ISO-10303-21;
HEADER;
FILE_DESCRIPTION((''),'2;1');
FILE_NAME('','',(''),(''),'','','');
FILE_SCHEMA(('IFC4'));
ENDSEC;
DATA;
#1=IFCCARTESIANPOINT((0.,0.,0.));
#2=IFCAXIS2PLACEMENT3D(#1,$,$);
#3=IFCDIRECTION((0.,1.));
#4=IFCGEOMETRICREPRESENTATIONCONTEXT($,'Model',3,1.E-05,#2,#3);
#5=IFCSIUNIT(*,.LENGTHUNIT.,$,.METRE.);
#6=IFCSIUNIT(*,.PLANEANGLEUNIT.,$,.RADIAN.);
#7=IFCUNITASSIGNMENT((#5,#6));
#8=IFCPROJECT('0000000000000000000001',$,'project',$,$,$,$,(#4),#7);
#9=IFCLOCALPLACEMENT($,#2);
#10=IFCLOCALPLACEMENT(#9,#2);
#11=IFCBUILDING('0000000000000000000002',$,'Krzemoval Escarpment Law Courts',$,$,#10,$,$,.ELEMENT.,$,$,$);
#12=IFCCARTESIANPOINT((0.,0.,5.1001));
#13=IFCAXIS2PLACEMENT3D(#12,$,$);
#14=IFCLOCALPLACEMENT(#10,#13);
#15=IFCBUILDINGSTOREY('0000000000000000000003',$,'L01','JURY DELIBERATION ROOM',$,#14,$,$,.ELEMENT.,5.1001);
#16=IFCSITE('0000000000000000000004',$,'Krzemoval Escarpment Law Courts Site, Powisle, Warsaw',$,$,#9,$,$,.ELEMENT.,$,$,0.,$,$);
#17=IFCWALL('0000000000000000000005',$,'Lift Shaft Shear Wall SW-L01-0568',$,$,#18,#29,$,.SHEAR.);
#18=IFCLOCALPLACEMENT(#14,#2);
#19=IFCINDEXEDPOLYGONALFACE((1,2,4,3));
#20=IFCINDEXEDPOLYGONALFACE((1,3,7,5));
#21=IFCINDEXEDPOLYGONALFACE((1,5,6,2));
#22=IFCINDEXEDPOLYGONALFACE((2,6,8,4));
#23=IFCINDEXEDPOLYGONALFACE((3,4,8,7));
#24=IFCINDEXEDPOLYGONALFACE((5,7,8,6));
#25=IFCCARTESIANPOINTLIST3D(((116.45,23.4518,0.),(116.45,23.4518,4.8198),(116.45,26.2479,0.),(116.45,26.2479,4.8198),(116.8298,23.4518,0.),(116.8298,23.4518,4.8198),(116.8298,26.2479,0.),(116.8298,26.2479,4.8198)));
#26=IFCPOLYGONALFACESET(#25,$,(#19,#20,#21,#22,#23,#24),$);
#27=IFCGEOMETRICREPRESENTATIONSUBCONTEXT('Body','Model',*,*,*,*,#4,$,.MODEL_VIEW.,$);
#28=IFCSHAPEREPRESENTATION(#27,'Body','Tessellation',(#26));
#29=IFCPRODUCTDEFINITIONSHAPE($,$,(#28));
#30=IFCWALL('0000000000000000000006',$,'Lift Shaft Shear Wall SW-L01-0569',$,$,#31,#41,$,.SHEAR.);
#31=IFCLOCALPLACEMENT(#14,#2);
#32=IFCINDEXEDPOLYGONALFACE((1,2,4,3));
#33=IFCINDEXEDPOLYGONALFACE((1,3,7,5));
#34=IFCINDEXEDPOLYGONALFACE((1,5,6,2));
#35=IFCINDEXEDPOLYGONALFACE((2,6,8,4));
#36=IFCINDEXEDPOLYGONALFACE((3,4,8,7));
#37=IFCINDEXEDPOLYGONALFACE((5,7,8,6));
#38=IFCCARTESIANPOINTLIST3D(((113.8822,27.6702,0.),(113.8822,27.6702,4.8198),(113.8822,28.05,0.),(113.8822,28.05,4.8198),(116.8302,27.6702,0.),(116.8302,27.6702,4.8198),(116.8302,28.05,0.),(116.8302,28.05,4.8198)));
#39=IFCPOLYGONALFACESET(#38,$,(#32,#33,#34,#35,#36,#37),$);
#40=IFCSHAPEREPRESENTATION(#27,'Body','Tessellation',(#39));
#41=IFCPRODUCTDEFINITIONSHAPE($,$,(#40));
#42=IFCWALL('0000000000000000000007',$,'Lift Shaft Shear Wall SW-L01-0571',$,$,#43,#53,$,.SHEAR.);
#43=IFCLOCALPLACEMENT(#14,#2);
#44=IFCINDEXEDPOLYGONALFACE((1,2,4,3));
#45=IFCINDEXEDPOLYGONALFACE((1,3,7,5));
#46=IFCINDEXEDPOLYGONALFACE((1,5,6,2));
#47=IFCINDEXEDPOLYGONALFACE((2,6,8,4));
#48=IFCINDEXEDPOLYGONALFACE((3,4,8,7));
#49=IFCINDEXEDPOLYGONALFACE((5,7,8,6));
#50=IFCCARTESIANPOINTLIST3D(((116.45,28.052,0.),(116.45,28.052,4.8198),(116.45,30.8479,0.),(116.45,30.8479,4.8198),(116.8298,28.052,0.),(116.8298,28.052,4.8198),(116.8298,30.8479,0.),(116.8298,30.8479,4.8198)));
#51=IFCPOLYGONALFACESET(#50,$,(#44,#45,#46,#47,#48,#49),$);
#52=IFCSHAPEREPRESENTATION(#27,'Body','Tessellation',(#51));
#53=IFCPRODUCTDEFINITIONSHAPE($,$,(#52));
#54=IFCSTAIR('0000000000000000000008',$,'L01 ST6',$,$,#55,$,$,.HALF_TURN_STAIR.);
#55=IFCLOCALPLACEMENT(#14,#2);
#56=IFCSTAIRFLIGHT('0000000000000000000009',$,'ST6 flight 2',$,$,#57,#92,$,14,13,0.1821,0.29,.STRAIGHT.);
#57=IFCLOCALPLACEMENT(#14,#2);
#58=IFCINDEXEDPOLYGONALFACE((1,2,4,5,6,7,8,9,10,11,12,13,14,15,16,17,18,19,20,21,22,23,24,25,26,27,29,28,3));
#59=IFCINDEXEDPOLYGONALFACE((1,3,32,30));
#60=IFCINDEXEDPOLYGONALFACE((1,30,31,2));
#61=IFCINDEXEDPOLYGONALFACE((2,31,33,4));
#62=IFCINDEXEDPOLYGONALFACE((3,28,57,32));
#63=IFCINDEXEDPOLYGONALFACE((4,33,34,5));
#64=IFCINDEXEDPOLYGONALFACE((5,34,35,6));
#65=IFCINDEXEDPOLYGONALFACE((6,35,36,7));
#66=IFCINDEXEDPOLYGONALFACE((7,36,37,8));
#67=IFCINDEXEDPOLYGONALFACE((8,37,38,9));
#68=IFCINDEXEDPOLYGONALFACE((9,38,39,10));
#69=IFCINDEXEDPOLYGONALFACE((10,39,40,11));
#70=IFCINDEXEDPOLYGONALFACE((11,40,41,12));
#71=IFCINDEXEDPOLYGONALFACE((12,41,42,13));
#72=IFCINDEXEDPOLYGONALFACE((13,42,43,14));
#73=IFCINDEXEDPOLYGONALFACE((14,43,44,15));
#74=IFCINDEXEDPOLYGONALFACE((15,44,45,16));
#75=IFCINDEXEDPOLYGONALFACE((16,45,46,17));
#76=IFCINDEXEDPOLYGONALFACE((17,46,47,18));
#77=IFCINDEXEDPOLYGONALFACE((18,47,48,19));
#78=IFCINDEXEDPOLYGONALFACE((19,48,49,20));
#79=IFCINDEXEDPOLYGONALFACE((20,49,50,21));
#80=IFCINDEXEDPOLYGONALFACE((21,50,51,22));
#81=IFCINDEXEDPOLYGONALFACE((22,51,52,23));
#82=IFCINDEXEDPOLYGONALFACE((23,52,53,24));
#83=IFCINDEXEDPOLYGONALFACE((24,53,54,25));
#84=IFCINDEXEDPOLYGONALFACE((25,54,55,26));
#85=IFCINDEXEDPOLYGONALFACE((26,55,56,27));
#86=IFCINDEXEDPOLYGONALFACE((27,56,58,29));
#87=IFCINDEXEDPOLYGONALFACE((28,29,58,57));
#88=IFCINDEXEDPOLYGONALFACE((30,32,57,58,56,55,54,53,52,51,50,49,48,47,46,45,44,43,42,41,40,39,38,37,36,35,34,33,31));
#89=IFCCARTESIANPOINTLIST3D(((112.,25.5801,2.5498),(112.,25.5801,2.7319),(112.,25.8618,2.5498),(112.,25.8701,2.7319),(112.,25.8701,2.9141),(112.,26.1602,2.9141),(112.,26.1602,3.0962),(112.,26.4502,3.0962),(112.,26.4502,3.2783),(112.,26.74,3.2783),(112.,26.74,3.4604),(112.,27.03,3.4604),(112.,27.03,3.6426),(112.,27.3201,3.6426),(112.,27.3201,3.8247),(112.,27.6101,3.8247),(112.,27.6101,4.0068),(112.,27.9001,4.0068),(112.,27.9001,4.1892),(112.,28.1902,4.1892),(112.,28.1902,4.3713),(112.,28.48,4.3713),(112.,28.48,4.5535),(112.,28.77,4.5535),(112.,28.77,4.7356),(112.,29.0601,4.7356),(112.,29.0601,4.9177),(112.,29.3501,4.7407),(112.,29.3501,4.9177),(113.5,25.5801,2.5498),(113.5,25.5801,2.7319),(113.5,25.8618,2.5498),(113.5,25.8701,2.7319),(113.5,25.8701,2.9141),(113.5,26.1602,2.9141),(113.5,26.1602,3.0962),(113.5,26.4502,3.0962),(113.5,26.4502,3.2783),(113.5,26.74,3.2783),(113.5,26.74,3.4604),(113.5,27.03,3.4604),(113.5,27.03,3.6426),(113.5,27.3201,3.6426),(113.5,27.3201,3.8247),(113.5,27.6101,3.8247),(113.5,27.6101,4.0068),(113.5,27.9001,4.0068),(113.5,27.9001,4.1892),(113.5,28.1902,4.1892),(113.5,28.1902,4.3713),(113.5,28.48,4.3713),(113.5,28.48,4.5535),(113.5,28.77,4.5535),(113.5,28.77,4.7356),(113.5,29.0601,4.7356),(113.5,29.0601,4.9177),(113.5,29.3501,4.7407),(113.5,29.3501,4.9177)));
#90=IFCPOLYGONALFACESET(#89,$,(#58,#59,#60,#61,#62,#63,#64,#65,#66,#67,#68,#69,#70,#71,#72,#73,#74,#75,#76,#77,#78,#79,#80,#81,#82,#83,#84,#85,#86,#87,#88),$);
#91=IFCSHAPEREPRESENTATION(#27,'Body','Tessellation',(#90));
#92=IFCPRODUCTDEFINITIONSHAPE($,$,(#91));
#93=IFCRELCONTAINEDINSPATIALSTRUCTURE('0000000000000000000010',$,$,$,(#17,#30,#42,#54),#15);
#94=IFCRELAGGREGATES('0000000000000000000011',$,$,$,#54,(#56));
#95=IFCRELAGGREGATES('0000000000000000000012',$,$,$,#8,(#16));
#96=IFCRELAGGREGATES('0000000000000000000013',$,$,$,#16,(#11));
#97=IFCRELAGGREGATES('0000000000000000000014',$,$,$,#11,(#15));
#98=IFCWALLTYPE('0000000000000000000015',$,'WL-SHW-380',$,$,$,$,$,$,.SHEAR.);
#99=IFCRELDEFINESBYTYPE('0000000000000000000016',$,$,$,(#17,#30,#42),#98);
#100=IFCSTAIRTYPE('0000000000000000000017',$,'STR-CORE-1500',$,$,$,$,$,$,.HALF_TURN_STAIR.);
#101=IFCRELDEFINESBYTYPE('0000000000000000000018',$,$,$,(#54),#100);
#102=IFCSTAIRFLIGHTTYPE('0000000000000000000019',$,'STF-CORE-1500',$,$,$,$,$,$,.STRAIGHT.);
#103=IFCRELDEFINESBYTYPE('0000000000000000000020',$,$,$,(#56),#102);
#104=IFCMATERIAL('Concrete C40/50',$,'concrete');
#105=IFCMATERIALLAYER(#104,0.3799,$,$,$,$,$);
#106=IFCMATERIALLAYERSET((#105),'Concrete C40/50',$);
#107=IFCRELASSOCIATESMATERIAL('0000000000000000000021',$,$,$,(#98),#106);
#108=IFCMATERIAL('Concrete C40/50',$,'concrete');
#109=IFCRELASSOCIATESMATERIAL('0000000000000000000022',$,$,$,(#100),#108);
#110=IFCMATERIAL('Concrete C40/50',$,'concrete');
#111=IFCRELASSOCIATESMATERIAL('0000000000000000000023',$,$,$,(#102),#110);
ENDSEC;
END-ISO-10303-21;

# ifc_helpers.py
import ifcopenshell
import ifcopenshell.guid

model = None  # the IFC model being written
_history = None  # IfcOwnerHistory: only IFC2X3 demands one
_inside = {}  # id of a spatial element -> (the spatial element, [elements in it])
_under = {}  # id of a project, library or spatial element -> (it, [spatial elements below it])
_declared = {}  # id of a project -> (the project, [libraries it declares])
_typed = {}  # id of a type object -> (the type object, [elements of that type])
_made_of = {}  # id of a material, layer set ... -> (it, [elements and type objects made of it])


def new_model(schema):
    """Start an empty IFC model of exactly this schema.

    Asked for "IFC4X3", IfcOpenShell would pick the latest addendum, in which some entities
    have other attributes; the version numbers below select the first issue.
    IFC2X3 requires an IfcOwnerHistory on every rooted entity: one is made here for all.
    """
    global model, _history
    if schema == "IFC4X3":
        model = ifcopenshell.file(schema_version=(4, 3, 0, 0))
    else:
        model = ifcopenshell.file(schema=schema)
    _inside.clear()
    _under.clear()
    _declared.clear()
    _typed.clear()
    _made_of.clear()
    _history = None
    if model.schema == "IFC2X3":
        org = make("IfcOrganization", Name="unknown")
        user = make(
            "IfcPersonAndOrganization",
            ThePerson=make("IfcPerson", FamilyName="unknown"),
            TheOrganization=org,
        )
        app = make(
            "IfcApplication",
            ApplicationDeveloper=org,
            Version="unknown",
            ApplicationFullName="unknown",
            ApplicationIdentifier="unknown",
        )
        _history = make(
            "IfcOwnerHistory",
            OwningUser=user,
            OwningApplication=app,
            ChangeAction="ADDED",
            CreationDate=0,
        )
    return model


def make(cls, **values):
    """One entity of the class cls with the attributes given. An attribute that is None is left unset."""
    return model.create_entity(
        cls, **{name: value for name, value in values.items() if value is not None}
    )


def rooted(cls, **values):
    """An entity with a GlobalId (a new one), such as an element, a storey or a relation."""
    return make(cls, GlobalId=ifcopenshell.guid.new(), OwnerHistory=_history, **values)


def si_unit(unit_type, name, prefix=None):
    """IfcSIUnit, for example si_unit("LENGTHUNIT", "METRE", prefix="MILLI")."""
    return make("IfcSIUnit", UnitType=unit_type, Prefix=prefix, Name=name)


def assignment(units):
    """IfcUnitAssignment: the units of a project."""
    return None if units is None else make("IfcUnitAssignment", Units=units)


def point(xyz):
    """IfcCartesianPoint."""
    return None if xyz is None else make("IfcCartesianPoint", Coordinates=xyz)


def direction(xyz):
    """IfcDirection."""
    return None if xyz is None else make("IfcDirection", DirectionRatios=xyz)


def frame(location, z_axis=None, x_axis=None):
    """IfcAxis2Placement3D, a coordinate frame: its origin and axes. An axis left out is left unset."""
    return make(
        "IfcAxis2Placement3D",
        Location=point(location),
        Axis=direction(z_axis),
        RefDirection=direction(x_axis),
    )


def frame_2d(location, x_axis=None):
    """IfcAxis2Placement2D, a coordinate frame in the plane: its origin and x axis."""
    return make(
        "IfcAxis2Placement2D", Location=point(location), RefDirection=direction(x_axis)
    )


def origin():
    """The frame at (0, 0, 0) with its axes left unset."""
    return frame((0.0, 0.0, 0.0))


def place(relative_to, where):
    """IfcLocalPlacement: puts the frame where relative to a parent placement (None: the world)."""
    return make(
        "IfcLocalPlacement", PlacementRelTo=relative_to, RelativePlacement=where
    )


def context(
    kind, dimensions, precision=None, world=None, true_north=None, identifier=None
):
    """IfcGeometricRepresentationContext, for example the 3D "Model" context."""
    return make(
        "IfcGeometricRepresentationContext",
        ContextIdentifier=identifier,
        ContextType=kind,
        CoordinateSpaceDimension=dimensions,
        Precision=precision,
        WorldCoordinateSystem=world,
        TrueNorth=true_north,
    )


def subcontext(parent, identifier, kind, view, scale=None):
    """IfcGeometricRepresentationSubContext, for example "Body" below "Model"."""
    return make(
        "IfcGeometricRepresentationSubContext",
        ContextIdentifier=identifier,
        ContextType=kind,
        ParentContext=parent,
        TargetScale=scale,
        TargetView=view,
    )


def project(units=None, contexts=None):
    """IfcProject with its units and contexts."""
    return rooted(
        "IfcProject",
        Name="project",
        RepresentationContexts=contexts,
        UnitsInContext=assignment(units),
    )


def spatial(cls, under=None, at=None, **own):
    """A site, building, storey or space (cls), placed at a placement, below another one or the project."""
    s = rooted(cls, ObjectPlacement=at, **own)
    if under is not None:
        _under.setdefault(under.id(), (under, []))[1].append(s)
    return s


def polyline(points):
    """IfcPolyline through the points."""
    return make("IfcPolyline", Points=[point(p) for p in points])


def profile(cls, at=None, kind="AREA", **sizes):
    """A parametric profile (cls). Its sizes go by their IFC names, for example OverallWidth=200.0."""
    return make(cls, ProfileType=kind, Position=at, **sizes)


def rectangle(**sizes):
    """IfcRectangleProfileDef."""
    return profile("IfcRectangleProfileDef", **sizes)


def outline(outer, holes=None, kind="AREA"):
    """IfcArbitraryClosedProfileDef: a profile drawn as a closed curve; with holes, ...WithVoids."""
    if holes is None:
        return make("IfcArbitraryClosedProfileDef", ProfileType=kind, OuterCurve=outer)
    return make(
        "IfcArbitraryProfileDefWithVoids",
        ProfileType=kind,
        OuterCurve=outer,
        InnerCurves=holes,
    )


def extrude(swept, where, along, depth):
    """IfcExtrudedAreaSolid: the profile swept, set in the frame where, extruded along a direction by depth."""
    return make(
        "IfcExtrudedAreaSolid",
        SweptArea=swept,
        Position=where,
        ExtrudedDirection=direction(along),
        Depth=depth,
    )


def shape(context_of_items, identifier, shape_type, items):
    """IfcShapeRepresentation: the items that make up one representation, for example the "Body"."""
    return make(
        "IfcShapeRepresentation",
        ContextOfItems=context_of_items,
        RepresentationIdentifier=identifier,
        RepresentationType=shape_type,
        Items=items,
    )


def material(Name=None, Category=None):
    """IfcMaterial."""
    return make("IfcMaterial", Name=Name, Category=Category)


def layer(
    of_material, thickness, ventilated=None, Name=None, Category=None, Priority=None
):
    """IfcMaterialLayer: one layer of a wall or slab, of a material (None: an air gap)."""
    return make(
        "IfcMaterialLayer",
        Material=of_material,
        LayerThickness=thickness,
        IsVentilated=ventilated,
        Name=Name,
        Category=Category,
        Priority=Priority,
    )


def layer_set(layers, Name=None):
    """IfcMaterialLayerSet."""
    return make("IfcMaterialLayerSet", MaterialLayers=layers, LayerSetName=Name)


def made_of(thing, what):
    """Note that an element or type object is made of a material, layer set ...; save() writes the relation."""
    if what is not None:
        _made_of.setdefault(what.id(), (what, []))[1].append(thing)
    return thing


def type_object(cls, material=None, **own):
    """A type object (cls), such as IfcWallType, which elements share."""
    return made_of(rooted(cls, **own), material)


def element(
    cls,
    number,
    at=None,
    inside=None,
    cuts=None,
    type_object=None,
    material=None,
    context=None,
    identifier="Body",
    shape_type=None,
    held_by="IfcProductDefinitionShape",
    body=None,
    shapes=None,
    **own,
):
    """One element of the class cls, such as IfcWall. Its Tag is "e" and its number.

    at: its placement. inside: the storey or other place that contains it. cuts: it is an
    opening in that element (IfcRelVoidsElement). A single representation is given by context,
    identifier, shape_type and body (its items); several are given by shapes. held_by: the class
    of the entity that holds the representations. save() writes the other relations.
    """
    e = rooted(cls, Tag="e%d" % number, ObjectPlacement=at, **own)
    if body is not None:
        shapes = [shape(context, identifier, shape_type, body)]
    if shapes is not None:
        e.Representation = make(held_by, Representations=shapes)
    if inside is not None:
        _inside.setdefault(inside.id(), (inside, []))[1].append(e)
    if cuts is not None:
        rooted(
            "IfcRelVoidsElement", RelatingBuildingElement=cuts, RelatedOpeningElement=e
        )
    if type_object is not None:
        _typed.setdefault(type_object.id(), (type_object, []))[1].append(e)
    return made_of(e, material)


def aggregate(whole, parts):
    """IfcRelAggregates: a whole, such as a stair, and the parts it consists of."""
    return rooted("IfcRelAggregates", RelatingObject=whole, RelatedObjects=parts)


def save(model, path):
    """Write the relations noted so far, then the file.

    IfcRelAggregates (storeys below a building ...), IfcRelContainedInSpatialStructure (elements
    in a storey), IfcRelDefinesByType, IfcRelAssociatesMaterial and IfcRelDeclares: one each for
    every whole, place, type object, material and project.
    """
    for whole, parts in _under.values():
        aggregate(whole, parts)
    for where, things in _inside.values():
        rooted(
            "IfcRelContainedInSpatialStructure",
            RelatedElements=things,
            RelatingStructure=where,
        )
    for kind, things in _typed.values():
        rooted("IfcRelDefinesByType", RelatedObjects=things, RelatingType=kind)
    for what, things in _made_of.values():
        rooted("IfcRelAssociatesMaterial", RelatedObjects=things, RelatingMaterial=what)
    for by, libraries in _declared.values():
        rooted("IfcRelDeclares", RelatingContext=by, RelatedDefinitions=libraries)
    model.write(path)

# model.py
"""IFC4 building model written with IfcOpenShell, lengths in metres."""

from ifc_helpers import new_model, si_unit, direction, frame, frame_2d, origin, place, context, subcontext, project, spatial, polyline, rectangle, outline, extrude, material, layer, layer_set, type_object, element, aggregate, save


model = new_model("IFC4")

# Units and contexts
model_context = context("Model", 3, precision=1e-05, world=origin(), true_north=direction((0.0, 1.0)))
body_context = subcontext(model_context, "Body", "Model", "MODEL_VIEW")
ifc_project = project(units=[si_unit("LENGTHUNIT", "METRE"), si_unit("PLANEANGLEUNIT", "RADIAN")], contexts=[model_context])

# Site, building, storey
site_placement = place(None, origin())
site = spatial("IfcSite", under=ifc_project, at=site_placement, Name="Krzemoval Escarpment Law Courts Site, Powisle, Warsaw", CompositionType="ELEMENT", RefElevation=0.0)
building_placement = place(site_placement, origin())
building = spatial("IfcBuilding", under=site, at=building_placement, Name="Krzemoval Escarpment Law Courts", CompositionType="ELEMENT")
storey_placement = place(building_placement, frame((0.0, 0.0, 5.1001)))
storey = spatial("IfcBuildingStorey", under=building, at=storey_placement, Name="L01", Description="JURY DELIBERATION ROOM", CompositionType="ELEMENT", Elevation=5.1001)

# Shared definitions
ifc_material_1 = material(Name="Concrete C40/50", Category="concrete")
ifc_layer_1 = layer(ifc_material_1, 0.3799)
ifc_layer_set_1 = layer_set([ifc_layer_1], Name="Concrete C40/50")
wall_type_1 = type_object("IfcWallType", Name="WL-SHW-380", PredefinedType="SHEAR", material=ifc_layer_set_1)

# Walls
wall_1_placement = place(storey_placement, frame((116.6399, 23.4519, 0.0), z_axis=(0.0, 0.0, 1.0), x_axis=(0.0, 1.0, 0.0)))
element("IfcWall", 1, at=wall_1_placement, inside=storey, type_object=wall_type_1, Name="Lift Shaft Shear Wall SW-L01-0568", PredefinedType="SHEAR", context=body_context, shape_type="SweptSolid", body=[
    extrude(rectangle(XDim=2.7961, YDim=0.3799, at=frame_2d((1.3979, 0.0))), origin(), (0.0, 0.0, 1.0), 4.8198),
])
wall_2_placement = place(storey_placement, frame((113.8821, 27.8601, 0.0), z_axis=(0.0, 0.0, 1.0), x_axis=(1.0, 0.0, 0.0)))
element("IfcWall", 2, at=wall_2_placement, inside=storey, type_object=wall_type_1, Name="Lift Shaft Shear Wall SW-L01-0569", PredefinedType="SHEAR", context=body_context, shape_type="SweptSolid", body=[
    extrude(rectangle(XDim=2.948, YDim=0.3799, at=frame_2d((1.4741, 0.0))), origin(), (0.0, 0.0, 1.0), 4.8198),
])

# Wall
wall_3_placement = place(storey_placement, frame((116.6399, 28.052, 0.0), z_axis=(0.0, 0.0, 1.0), x_axis=(0.0, 1.0, 0.0)))
element("IfcWall", 3, at=wall_3_placement, inside=storey, type_object=wall_type_1, Name="Lift Shaft Shear Wall SW-L01-0571", PredefinedType="SHEAR", context=body_context, shape_type="SweptSolid", body=[
    extrude(rectangle(XDim=2.7959, YDim=0.3799, at=frame_2d((1.3979, 0.0))), origin(), (0.0, 0.0, 1.0), 4.8198),
])

# Stair, stair flight
ifc_material_2 = material(Name="Concrete C40/50", Category="concrete")
stair_type = type_object("IfcStairType", Name="STR-CORE-1500", PredefinedType="HALF_TURN_STAIR", material=ifc_material_2)
stair_placement = place(storey_placement, origin())
stair = element("IfcStair", 4, at=stair_placement, inside=storey, type_object=stair_type, Name="L01 ST6", PredefinedType="HALF_TURN_STAIR")
ifc_material_3 = material(Name="Concrete C40/50", Category="concrete")
stair_flight_type = type_object("IfcStairFlightType", Name="STF-CORE-1500", PredefinedType="STRAIGHT", material=ifc_material_3)
stair_flight_placement = place(storey_placement, frame((112.75, 25.5801, 2.5498), z_axis=(0.0, 0.0, 1.0), x_axis=(0.0, 1.0, 0.0)))
stair_flight = element("IfcStairFlight", 5, at=stair_flight_placement, type_object=stair_flight_type, Name="ST6 flight 2", NumberOfRisers=14, NumberOfTreads=13, PredefinedType="STRAIGHT", RiserHeight=0.1821, TreadLength=0.29, context=body_context, shape_type="SweptSolid", body=[
    extrude(outline(polyline([(0.0, 0.0), (0.0, 0.1821), (0.29, 0.1821), (0.29, 0.3643), (0.5801, 0.3643), (0.5801, 0.5464), (0.8701, 0.5464), (0.8701, 0.7285), (1.1599, 0.7285), (1.1599, 0.9106), (1.45, 0.9106), (1.45, 1.0928), (1.74, 1.0928), (1.74, 1.2749), (2.03, 1.2749), (2.03, 1.457), (2.3201, 1.457), (2.3201, 1.6394), (2.6101, 1.6394), (2.6101, 1.8215), (2.8999, 1.8215), (2.8999, 2.0037), (3.1899, 2.0037), (3.1899, 2.1858), (3.48, 2.1858), (3.48, 2.3679), (3.77, 2.3679), (3.77, 2.55), (3.77, 2.1909), (0.2817, 0.0), (0.0, 0.0)])), frame((0.0, 0.75, 0.0), z_axis=(0.0, -1.0, 0.0), x_axis=(1.0, 0.0, 0.0)), (0.0, 0.0, 1.0), 1.5),
])
aggregate(stair, [stair_flight])

save(model, "model.ifc")
